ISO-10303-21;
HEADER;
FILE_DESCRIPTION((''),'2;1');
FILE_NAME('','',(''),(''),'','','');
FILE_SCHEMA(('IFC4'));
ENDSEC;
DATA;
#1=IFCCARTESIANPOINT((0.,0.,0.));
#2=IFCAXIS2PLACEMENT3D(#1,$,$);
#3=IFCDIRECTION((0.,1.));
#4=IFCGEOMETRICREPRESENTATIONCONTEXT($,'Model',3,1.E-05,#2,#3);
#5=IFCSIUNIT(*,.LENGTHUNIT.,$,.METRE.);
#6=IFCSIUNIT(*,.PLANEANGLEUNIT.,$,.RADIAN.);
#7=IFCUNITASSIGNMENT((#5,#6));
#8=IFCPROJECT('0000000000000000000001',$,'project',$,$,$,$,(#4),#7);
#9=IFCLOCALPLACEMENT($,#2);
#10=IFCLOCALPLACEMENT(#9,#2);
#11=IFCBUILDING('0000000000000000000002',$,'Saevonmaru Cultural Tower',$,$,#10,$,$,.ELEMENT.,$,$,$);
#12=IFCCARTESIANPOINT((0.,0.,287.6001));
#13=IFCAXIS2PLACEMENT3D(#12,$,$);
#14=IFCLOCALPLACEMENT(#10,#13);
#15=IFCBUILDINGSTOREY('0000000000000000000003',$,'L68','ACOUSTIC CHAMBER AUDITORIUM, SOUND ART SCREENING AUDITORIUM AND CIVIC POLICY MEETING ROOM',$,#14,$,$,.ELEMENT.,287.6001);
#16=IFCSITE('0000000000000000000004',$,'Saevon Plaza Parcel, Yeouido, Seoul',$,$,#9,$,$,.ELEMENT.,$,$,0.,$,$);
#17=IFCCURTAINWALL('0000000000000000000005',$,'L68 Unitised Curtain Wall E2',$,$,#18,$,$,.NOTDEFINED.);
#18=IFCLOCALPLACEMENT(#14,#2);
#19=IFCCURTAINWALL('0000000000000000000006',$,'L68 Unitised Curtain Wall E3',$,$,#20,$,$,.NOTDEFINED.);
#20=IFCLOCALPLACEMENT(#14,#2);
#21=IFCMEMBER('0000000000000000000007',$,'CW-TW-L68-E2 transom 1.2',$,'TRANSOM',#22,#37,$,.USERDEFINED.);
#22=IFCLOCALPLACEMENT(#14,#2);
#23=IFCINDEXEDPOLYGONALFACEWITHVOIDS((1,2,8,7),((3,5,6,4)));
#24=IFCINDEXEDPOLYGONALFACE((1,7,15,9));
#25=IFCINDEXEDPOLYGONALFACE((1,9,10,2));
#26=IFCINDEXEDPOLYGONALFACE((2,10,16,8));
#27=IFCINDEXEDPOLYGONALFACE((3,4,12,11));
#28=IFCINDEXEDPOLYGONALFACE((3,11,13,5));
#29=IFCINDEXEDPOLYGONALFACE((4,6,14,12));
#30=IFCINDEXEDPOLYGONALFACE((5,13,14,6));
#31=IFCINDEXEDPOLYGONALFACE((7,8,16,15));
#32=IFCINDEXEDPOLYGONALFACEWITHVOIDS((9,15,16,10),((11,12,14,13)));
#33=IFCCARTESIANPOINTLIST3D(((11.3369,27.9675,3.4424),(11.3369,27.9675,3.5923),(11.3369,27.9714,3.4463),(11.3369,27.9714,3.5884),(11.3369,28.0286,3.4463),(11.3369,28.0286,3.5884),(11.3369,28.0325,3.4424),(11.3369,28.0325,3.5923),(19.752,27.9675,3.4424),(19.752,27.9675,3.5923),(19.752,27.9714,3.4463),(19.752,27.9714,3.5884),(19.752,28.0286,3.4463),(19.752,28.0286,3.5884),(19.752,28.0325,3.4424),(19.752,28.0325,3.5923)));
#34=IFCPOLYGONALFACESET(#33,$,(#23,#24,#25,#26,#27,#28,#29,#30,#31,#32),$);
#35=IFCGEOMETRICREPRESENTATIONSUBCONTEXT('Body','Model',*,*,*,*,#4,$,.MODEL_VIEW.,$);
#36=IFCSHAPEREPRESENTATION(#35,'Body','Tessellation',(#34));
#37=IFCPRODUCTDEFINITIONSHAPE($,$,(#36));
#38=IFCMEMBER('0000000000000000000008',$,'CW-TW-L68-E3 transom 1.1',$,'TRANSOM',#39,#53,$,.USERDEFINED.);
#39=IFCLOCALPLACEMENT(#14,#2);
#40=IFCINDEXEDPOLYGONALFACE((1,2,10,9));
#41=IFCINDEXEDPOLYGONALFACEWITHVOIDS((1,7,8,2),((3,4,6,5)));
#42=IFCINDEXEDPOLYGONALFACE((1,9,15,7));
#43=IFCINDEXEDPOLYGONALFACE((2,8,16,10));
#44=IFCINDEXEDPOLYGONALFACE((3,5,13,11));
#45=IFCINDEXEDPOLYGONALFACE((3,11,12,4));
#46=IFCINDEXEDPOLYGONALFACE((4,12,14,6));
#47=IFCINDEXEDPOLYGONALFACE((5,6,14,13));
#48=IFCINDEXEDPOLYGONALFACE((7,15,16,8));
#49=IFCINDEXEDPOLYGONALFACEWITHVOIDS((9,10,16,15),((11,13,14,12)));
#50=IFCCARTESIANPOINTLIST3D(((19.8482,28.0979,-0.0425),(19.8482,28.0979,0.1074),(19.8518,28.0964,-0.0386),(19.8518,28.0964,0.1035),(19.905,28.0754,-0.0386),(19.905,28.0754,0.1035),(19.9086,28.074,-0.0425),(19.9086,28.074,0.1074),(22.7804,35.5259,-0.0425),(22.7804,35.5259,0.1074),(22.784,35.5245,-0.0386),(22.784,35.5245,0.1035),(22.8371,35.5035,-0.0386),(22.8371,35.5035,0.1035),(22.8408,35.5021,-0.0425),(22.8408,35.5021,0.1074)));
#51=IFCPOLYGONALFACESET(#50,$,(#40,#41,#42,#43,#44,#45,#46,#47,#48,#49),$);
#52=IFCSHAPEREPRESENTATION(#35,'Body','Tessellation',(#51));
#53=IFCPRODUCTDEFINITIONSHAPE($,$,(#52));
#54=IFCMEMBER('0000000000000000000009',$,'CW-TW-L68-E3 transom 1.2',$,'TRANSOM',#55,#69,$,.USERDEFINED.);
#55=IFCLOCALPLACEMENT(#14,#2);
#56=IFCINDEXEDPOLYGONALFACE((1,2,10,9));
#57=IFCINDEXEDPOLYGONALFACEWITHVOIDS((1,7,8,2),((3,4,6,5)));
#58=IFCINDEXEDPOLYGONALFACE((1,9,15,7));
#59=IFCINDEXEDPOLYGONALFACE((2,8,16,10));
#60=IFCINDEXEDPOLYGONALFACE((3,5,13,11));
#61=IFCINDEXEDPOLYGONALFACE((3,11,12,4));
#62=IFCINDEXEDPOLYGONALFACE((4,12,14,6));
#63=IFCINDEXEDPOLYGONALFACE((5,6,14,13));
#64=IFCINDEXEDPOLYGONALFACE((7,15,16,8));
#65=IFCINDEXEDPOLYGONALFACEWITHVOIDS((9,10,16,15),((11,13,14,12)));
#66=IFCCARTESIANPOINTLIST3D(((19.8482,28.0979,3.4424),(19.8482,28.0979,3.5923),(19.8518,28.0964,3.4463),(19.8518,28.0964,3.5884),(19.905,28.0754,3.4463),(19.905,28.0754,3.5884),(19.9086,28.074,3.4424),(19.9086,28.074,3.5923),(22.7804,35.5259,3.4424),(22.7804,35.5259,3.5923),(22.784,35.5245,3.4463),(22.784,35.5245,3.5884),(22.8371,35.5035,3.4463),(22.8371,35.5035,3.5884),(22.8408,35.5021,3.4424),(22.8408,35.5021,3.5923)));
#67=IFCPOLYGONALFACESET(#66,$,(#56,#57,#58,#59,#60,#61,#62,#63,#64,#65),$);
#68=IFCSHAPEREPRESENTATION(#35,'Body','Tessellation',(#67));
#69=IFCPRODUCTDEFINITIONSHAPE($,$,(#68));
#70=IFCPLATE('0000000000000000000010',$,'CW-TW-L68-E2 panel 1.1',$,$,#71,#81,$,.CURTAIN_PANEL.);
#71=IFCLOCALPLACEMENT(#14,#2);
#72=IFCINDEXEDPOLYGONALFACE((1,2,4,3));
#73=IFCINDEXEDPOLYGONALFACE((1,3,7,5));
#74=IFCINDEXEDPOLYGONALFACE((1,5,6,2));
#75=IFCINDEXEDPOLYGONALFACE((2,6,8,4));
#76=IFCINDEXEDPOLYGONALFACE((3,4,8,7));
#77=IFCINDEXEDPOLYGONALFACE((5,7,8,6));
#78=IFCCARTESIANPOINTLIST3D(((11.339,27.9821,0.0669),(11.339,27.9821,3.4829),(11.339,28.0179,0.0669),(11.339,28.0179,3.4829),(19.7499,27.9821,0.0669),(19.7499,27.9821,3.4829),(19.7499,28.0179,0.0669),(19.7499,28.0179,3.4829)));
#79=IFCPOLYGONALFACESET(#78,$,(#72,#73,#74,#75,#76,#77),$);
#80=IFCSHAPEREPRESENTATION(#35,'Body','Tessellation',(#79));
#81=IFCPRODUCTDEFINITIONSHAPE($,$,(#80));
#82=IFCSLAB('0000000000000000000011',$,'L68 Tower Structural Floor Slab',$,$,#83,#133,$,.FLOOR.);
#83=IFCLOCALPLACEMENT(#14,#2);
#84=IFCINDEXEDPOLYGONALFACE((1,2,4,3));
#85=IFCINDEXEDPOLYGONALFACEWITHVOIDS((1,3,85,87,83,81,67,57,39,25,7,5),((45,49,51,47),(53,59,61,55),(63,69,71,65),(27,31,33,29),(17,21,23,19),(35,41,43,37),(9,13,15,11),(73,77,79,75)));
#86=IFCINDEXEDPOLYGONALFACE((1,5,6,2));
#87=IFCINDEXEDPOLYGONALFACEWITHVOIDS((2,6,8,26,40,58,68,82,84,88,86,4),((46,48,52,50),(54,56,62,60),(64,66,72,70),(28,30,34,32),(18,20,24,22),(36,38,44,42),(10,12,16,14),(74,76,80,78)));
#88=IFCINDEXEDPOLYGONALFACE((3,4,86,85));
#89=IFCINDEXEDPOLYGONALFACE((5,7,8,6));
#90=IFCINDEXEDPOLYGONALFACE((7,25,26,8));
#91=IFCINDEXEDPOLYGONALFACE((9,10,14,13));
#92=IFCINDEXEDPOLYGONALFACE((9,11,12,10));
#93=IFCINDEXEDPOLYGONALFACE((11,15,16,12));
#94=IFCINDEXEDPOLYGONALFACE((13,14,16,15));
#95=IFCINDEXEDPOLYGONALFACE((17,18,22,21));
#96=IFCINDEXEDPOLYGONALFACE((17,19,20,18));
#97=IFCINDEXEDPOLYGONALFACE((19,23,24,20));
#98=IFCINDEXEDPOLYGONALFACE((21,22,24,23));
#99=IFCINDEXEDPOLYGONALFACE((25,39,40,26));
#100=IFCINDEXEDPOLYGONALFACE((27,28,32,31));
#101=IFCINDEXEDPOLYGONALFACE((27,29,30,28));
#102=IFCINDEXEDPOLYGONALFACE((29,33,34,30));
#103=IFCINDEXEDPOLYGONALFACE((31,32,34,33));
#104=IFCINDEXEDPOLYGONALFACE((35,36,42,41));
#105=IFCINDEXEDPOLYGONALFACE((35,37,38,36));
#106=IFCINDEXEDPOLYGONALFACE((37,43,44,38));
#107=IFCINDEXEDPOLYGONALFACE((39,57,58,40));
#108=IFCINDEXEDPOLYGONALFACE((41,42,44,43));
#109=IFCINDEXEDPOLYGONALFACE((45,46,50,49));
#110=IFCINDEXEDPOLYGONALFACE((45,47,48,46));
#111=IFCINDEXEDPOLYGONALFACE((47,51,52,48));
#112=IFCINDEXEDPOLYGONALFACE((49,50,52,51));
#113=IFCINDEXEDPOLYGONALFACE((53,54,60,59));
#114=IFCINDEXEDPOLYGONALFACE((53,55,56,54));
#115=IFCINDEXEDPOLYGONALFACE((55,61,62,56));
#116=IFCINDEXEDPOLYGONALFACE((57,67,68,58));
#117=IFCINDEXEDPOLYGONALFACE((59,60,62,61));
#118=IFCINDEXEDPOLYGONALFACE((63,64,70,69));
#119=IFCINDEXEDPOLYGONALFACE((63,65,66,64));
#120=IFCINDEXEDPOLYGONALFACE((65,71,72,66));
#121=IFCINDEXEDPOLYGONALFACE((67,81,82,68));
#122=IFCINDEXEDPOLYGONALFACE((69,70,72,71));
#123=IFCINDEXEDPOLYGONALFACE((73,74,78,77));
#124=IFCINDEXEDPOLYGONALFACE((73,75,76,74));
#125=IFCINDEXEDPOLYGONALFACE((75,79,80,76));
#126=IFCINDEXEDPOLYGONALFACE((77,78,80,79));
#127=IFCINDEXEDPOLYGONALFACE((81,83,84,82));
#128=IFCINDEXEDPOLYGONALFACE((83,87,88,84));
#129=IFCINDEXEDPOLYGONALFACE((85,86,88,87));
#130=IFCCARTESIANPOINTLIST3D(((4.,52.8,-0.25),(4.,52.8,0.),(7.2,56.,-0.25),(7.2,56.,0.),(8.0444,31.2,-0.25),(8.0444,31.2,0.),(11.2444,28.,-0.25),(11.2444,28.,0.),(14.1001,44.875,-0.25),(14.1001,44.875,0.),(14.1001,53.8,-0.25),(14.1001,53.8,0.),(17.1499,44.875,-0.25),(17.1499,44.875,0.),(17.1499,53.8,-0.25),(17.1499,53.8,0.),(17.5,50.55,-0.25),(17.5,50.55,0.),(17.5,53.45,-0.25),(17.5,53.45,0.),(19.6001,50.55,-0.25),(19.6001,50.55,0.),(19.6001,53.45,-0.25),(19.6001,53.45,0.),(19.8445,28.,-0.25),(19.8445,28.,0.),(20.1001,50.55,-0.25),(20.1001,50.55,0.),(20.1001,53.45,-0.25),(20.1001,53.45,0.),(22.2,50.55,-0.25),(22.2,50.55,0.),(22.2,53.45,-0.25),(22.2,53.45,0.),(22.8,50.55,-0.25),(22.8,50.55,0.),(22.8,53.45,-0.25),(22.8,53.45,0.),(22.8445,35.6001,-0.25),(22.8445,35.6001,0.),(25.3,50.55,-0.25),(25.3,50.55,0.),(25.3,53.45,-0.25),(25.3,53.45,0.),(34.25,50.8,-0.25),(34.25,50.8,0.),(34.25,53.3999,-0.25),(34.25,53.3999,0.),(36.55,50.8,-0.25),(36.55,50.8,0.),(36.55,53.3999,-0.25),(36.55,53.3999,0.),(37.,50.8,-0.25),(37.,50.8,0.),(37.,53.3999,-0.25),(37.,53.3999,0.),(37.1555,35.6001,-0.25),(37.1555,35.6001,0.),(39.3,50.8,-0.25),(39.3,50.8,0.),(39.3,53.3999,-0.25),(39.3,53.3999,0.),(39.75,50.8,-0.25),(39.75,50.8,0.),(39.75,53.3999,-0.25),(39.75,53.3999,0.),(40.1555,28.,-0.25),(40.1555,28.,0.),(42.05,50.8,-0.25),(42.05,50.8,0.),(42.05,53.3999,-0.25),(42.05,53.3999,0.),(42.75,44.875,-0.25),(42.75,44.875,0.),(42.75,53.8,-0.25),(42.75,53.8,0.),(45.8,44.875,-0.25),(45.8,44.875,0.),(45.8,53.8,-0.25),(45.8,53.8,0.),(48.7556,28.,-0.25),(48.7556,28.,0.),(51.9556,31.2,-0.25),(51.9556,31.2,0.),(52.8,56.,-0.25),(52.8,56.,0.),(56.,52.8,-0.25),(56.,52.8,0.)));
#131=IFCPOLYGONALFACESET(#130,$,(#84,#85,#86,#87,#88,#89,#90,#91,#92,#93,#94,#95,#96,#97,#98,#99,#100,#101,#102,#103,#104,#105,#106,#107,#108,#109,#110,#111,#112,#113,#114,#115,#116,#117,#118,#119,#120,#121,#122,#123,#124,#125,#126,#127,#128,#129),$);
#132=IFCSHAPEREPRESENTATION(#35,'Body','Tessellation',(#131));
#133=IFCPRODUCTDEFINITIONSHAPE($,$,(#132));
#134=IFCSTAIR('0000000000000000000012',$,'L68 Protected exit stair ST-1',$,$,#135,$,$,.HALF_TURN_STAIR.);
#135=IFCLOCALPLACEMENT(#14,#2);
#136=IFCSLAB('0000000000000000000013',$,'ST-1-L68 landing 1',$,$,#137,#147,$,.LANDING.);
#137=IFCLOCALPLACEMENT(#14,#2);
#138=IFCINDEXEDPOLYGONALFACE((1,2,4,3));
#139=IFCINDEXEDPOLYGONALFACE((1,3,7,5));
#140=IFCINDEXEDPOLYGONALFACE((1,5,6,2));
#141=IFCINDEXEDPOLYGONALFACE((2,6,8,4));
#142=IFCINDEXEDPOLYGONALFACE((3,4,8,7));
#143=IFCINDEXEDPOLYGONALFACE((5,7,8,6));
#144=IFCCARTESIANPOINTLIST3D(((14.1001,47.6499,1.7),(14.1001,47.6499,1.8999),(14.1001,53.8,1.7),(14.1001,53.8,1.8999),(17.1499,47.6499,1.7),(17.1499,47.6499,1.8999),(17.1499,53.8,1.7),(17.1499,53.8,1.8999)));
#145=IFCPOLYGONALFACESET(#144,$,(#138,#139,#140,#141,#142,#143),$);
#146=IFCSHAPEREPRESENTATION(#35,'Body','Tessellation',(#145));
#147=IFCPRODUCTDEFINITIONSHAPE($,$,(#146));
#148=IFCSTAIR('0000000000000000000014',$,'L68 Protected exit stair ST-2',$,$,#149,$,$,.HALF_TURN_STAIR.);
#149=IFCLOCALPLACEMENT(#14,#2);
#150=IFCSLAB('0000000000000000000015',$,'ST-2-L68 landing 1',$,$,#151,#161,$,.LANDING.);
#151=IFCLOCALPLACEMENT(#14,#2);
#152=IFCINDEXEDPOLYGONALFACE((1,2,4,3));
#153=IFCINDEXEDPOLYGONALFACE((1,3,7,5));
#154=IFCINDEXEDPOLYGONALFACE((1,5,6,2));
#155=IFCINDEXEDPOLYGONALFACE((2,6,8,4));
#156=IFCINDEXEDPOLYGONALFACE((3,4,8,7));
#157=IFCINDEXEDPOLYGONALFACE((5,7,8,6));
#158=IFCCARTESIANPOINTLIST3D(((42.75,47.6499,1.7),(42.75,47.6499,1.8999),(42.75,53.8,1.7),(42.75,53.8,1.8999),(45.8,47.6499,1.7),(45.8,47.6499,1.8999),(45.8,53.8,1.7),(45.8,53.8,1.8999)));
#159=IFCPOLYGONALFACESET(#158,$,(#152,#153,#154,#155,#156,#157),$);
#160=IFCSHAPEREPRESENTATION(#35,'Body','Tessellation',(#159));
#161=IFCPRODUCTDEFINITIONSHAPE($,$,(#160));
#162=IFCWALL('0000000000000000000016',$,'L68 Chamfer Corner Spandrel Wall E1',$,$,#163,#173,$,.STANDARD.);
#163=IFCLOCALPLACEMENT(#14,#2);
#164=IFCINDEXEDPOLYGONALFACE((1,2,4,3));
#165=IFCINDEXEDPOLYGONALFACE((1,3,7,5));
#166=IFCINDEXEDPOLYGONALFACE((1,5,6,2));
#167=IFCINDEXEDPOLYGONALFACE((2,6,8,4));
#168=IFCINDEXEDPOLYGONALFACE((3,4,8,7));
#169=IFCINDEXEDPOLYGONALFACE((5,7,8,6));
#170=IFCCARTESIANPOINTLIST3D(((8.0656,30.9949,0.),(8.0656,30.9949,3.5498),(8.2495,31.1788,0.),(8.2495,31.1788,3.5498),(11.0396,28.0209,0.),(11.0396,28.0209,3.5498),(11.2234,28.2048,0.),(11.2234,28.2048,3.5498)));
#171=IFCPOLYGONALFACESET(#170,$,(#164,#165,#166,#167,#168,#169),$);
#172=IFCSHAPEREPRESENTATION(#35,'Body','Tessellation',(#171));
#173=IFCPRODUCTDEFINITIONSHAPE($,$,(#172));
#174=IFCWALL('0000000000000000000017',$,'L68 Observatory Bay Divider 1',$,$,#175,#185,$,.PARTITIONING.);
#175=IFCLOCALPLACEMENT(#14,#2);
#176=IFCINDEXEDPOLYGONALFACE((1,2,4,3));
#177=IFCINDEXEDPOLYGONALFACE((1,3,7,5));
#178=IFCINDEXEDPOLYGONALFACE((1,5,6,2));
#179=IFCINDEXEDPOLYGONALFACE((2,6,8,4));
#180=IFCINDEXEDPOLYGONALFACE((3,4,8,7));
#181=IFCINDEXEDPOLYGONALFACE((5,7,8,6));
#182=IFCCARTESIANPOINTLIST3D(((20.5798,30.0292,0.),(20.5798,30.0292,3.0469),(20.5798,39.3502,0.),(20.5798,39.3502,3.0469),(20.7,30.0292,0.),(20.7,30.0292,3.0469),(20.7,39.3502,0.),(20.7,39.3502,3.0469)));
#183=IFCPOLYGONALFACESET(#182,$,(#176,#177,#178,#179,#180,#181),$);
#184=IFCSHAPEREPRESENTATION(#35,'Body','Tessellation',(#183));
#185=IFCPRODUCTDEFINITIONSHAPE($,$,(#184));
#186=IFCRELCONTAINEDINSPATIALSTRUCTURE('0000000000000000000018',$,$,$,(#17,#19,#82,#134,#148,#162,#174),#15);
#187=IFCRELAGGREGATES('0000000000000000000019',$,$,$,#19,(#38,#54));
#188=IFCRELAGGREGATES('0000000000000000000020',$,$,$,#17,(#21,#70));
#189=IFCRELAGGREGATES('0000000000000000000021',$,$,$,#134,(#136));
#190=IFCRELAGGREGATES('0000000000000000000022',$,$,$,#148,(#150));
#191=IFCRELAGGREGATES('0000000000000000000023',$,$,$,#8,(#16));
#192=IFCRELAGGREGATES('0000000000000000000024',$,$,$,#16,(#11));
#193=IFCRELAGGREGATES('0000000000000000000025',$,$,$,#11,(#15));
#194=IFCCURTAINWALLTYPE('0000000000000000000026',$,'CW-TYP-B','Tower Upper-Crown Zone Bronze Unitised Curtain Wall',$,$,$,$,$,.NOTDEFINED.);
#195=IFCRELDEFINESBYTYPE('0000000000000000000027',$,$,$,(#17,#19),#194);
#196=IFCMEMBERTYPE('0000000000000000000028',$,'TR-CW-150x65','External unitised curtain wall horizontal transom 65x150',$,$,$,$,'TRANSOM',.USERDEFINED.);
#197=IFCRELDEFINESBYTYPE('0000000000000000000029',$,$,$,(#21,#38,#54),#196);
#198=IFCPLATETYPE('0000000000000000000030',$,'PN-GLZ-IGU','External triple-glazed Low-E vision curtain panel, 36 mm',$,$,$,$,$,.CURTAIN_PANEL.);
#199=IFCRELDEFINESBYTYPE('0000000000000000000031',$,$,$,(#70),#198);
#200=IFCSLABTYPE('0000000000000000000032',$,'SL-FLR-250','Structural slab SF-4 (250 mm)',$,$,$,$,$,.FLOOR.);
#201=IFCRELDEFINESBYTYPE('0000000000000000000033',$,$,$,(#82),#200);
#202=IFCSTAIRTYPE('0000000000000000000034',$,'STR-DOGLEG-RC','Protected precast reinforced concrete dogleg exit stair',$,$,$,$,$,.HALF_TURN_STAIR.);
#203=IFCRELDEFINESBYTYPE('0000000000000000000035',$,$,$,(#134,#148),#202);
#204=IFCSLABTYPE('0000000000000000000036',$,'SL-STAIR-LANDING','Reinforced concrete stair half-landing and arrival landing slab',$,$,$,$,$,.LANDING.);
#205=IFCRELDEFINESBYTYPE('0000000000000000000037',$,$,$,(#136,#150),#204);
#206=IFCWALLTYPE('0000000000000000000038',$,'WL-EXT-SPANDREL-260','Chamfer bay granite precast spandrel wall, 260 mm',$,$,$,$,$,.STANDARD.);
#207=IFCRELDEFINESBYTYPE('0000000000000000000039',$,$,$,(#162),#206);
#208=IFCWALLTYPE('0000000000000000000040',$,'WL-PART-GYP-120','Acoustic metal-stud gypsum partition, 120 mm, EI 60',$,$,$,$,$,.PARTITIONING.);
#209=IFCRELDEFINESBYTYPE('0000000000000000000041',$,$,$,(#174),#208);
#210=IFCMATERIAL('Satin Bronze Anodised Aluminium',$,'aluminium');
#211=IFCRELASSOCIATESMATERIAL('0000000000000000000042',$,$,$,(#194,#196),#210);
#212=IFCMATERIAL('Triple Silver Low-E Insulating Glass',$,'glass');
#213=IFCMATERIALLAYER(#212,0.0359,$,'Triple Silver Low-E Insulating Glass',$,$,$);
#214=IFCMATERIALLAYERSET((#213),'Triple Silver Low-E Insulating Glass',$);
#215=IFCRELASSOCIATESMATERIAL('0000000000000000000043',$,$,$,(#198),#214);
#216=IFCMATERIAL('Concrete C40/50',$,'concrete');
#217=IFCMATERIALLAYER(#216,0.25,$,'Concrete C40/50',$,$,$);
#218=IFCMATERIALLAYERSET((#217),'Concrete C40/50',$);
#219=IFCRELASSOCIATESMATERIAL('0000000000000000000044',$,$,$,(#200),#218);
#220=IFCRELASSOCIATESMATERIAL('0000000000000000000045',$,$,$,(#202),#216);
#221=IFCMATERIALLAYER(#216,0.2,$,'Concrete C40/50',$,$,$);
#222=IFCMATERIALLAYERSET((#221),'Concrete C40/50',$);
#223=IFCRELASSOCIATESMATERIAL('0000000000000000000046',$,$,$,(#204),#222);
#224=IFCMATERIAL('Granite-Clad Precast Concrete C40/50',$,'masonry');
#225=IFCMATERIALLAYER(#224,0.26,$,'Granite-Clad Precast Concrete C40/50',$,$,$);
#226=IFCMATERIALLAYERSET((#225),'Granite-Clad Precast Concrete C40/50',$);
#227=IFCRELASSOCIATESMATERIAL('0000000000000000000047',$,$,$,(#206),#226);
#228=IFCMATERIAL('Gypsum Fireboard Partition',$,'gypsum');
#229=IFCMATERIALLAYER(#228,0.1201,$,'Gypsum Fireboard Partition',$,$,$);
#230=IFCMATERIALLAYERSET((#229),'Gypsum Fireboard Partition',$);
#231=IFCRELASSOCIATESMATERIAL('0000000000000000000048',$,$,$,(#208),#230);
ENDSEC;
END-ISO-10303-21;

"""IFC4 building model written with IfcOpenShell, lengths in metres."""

from ifc_helpers import new_model, si_unit, direction, frame, frame_2d, origin, origin_2d, place, context, subcontext, project, spatial, polyline, rectangle, hollow_rectangle, outline, extrude, material, layer, layer_set, material_profile, profile_set, type_object, element, aggregate, save


model = new_model("IFC4")

# Units and contexts
model_context = context("Model", 3, precision=1e-05, world=origin(), true_north=direction((0.0, 1.0)))
body_context = subcontext(model_context, "Body", "Model", "MODEL_VIEW")
ifc_project = project(units=[si_unit("LENGTHUNIT", "METRE"), si_unit("PLANEANGLEUNIT", "RADIAN")], contexts=[model_context])

# Site, building, storey
site_placement = place(None, origin())
site = spatial("IfcSite", under=ifc_project, at=site_placement, Name="Saevon Plaza Parcel, Yeouido, Seoul", CompositionType="ELEMENT", RefElevation=0.0)
building_placement = place(site_placement, origin())
building = spatial("IfcBuilding", under=site, at=building_placement, Name="Saevonmaru Cultural Tower", CompositionType="ELEMENT")
storey_placement = place(building_placement, frame((0.0, 0.0, 287.6001)))
storey = spatial("IfcBuildingStorey", under=building, at=storey_placement, Name="L68", Description="ACOUSTIC CHAMBER AUDITORIUM, SOUND ART SCREENING AUDITORIUM AND CIVIC POLICY MEETING ROOM", CompositionType="ELEMENT", Elevation=287.6001)

# Curtain wall
ifc_material_1 = material(Name="Satin Bronze Anodised Aluminium", Category="aluminium")
curtain_wall_type = type_object("IfcCurtainWallType", Name="CW-TYP-B", Description="Tower Upper-Crown Zone Bronze Unitised Curtain Wall", PredefinedType="NOTDEFINED", material=ifc_material_1)
curtain_wall_1_placement = place(storey_placement, origin())
curtain_wall_1 = element("IfcCurtainWall", 1, at=curtain_wall_1_placement, inside=storey, type_object=curtain_wall_type, Name="L68 Unitised Curtain Wall E2", PredefinedType="NOTDEFINED")

# Curtain wall
curtain_wall_2_placement = place(storey_placement, origin())
curtain_wall_2 = element("IfcCurtainWall", 2, at=curtain_wall_2_placement, inside=storey, type_object=curtain_wall_type, Name="L68 Unitised Curtain Wall E3", PredefinedType="NOTDEFINED")

# Members
ifc_material_profile_1 = material_profile(ifc_material_1, hollow_rectangle(XDim=0.0649, YDim=0.1499, WallThickness=0.0039, at=origin_2d()), Name="ALU-TRAN-150x65x4")
ifc_profile_set_1 = profile_set([ifc_material_profile_1], Name="Satin Bronze Anodised Aluminium")
member_type_1 = type_object("IfcMemberType", Name="TR-CW-150x65", Description="External unitised curtain wall horizontal transom 65x150", ElementType="TRANSOM", PredefinedType="USERDEFINED", material=ifc_profile_set_1)
member_1_placement = place(storey_placement, frame((11.3369, 28.0, 3.5173), z_axis=(1.0, 0.0, 0.0), x_axis=(0.0, 1.0, 0.0)))
member_1 = element("IfcMember", 3, at=member_1_placement, type_object=member_type_1, Name="CW-TW-L68-E2 transom 1.2", ObjectType="TRANSOM", PredefinedType="USERDEFINED", context=body_context, shape_type="SweptSolid", body=[
    extrude(hollow_rectangle(XDim=0.0649, YDim=0.1499, WallThickness=0.0039, at=origin_2d()), origin(), (0.0, 0.0, 1.0), 8.415),
])
member_2_placement = place(storey_placement, frame((19.8784, 28.0859, 0.0325), z_axis=(0.36717, 0.930154, 0.0), x_axis=(-0.930154, 0.36717, 0.0)))
member_2 = element("IfcMember", 4, at=member_2_placement, type_object=member_type_1, Name="CW-TW-L68-E3 transom 1.1", ObjectType="TRANSOM", PredefinedType="USERDEFINED", context=body_context, shape_type="SweptSolid", body=[
    extrude(hollow_rectangle(XDim=0.0649, YDim=0.1499, WallThickness=0.0039, at=origin_2d()), origin(), (0.0, 0.0, 1.0), 7.9858),
])
member_3_placement = place(storey_placement, frame((19.8784, 28.0859, 3.5173), z_axis=(0.36717, 0.930154, 0.0), x_axis=(-0.930154, 0.36717, 0.0)))
member_3 = element("IfcMember", 5, at=member_3_placement, type_object=member_type_1, Name="CW-TW-L68-E3 transom 1.2", ObjectType="TRANSOM", PredefinedType="USERDEFINED", context=body_context, shape_type="SweptSolid", body=[
    extrude(hollow_rectangle(XDim=0.0649, YDim=0.1499, WallThickness=0.0039, at=origin_2d()), origin(), (0.0, 0.0, 1.0), 7.9858),
])
aggregate(curtain_wall_2, [member_2, member_3])

# Plate
ifc_material_2 = material(Name="Triple Silver Low-E Insulating Glass", Category="glass")
ifc_layer_1 = layer(ifc_material_2, 0.0359, Name="Triple Silver Low-E Insulating Glass")
ifc_layer_set_1 = layer_set([ifc_layer_1], Name="Triple Silver Low-E Insulating Glass")
plate_type = type_object("IfcPlateType", Name="PN-GLZ-IGU", Description="External triple-glazed Low-E vision curtain panel, 36 mm", PredefinedType="CURTAIN_PANEL", material=ifc_layer_set_1)
plate_placement = place(storey_placement, frame((15.5444, 28.0, 0.0669), z_axis=(0.0, 0.0, 1.0), x_axis=(1.0, 0.0, 0.0)))
plate = element("IfcPlate", 6, at=plate_placement, type_object=plate_type, Name="CW-TW-L68-E2 panel 1.1", PredefinedType="CURTAIN_PANEL", context=body_context, shape_type="SweptSolid", body=[
    extrude(rectangle(XDim=8.4109, YDim=0.0359, at=origin_2d()), origin(), (0.0, 0.0, 1.0), 3.416),
])
aggregate(curtain_wall_1, [member_1, plate])

# Slab
ifc_material_3 = material(Name="Concrete C40/50", Category="concrete")
ifc_layer_2 = layer(ifc_material_3, 0.25, Name="Concrete C40/50")
ifc_layer_set_2 = layer_set([ifc_layer_2], Name="Concrete C40/50")
slab_type_1 = type_object("IfcSlabType", Name="SL-FLR-250", Description="Structural slab SF-4 (250 mm)", PredefinedType="FLOOR", material=ifc_layer_set_2)
slab_1_placement = place(storey_placement, frame((0.0, 0.0, -0.25)))
element("IfcSlab", 7, at=slab_1_placement, inside=storey, type_object=slab_type_1, Name="L68 Tower Structural Floor Slab", PredefinedType="FLOOR", context=body_context, shape_type="SweptSolid", body=[
    extrude(outline(polyline([(8.0444, 31.2), (11.2444, 28.0), (19.8445, 28.0), (22.8445, 35.6001), (37.1555, 35.6001), (40.1555, 28.0), (48.7556, 28.0), (51.9556, 31.2), (56.0, 52.8), (52.8, 56.0), (7.2, 56.0), (4.0, 52.8), (8.0444, 31.2)]), holes=[polyline([(45.8, 53.8), (45.8, 44.875), (42.75, 44.875), (42.75, 53.8), (45.8, 53.8)]), polyline([(42.05, 50.8), (39.75, 50.8), (39.75, 53.3999), (42.05, 53.3999), (42.05, 50.8)]), polyline([(39.3, 50.8), (37.0, 50.8), (37.0, 53.3999), (39.3, 53.3999), (39.3, 50.8)]), polyline([(36.55, 50.8), (34.25, 50.8), (34.25, 53.3999), (36.55, 53.3999), (36.55, 50.8)]), polyline([(25.3, 50.55), (22.8, 50.55), (22.8, 53.45), (25.3, 53.45), (25.3, 50.55)]), polyline([(22.2, 50.55), (20.1001, 50.55), (20.1001, 53.45), (22.2, 53.45), (22.2, 50.55)]), polyline([(19.6001, 50.55), (17.5, 50.55), (17.5, 53.45), (19.6001, 53.45), (19.6001, 50.55)]), polyline([(17.1499, 53.8), (17.1499, 44.875), (14.1001, 44.875), (14.1001, 53.8), (17.1499, 53.8)])]), origin(), (0.0, 0.0, 1.0), 0.25),
])

# Stairs, slabs
stair_type = type_object("IfcStairType", Name="STR-DOGLEG-RC", Description="Protected precast reinforced concrete dogleg exit stair", PredefinedType="HALF_TURN_STAIR", material=ifc_material_3)
stair_1_placement = place(storey_placement, origin())
stair_1 = element("IfcStair", 8, at=stair_1_placement, inside=storey, type_object=stair_type, Name="L68 Protected exit stair ST-1", PredefinedType="HALF_TURN_STAIR")
ifc_layer_3 = layer(ifc_material_3, 0.2, Name="Concrete C40/50")
ifc_layer_set_3 = layer_set([ifc_layer_3], Name="Concrete C40/50")
slab_type_2 = type_object("IfcSlabType", Name="SL-STAIR-LANDING", Description="Reinforced concrete stair half-landing and arrival landing slab", PredefinedType="LANDING", material=ifc_layer_set_3)
slab_2_placement = place(storey_placement, frame((0.0, 0.0, 1.7)))
slab_2 = element("IfcSlab", 9, at=slab_2_placement, type_object=slab_type_2, Name="ST-1-L68 landing 1", PredefinedType="LANDING", context=body_context, shape_type="SweptSolid", body=[
    extrude(outline(polyline([(17.1499, 47.6499), (17.1499, 53.8), (14.1001, 53.8), (14.1001, 47.6499), (17.1499, 47.6499)])), origin(), (0.0, 0.0, 1.0), 0.2),
])
aggregate(stair_1, [slab_2])
stair_2_placement = place(storey_placement, origin())
stair_2 = element("IfcStair", 10, at=stair_2_placement, inside=storey, type_object=stair_type, Name="L68 Protected exit stair ST-2", PredefinedType="HALF_TURN_STAIR")
slab_3_placement = place(storey_placement, frame((0.0, 0.0, 1.7)))
slab_3 = element("IfcSlab", 11, at=slab_3_placement, type_object=slab_type_2, Name="ST-2-L68 landing 1", PredefinedType="LANDING", context=body_context, shape_type="SweptSolid", body=[
    extrude(outline(polyline([(45.8, 47.6499), (45.8, 53.8), (42.75, 53.8), (42.75, 47.6499), (45.8, 47.6499)])), origin(), (0.0, 0.0, 1.0), 0.2),
])
aggregate(stair_2, [slab_3])

# Walls
ifc_material_4 = material(Name="Granite-Clad Precast Concrete C40/50", Category="masonry")
ifc_layer_4 = layer(ifc_material_4, 0.26, Name="Granite-Clad Precast Concrete C40/50")
ifc_layer_set_4 = layer_set([ifc_layer_4], Name="Granite-Clad Precast Concrete C40/50")
wall_type_1 = type_object("IfcWallType", Name="WL-EXT-SPANDREL-260", Description="Chamfer bay granite precast spandrel wall, 260 mm", PredefinedType="STANDARD", material=ifc_layer_set_4)
wall_1_placement = place(storey_placement, frame((8.1575, 31.0869, 0.0), z_axis=(0.0, 0.0, 1.0), x_axis=(0.707107, -0.707107, 0.0)))
element("IfcWall", 12, at=wall_1_placement, inside=storey, type_object=wall_type_1, Name="L68 Chamfer Corner Spandrel Wall E1", PredefinedType="STANDARD", context=body_context, shape_type="SweptSolid", body=[
    extrude(rectangle(XDim=4.2058, YDim=0.26, at=frame_2d((2.103, 0.0))), origin(), (0.0, 0.0, 1.0), 3.5498),
])
ifc_material_5 = material(Name="Gypsum Fireboard Partition", Category="gypsum")
ifc_layer_5 = layer(ifc_material_5, 0.1201, Name="Gypsum Fireboard Partition")
ifc_layer_set_5 = layer_set([ifc_layer_5], Name="Gypsum Fireboard Partition")
wall_type_2 = type_object("IfcWallType", Name="WL-PART-GYP-120", Description="Acoustic metal-stud gypsum partition, 120 mm, EI 60", PredefinedType="PARTITIONING", material=ifc_layer_set_5)
wall_2_placement = place(storey_placement, frame((20.6399, 30.0291, 0.0), z_axis=(0.0, 0.0, 1.0), x_axis=(0.0, 1.0, 0.0)))
element("IfcWall", 13, at=wall_2_placement, inside=storey, type_object=wall_type_2, Name="L68 Observatory Bay Divider 1", PredefinedType="PARTITIONING", context=body_context, shape_type="SweptSolid", body=[
    extrude(rectangle(XDim=9.321, YDim=0.1201, at=frame_2d((4.6606, 0.0))), origin(), (0.0, 0.0, 1.0), 3.0469),
])

save(model, "model.ifc")
